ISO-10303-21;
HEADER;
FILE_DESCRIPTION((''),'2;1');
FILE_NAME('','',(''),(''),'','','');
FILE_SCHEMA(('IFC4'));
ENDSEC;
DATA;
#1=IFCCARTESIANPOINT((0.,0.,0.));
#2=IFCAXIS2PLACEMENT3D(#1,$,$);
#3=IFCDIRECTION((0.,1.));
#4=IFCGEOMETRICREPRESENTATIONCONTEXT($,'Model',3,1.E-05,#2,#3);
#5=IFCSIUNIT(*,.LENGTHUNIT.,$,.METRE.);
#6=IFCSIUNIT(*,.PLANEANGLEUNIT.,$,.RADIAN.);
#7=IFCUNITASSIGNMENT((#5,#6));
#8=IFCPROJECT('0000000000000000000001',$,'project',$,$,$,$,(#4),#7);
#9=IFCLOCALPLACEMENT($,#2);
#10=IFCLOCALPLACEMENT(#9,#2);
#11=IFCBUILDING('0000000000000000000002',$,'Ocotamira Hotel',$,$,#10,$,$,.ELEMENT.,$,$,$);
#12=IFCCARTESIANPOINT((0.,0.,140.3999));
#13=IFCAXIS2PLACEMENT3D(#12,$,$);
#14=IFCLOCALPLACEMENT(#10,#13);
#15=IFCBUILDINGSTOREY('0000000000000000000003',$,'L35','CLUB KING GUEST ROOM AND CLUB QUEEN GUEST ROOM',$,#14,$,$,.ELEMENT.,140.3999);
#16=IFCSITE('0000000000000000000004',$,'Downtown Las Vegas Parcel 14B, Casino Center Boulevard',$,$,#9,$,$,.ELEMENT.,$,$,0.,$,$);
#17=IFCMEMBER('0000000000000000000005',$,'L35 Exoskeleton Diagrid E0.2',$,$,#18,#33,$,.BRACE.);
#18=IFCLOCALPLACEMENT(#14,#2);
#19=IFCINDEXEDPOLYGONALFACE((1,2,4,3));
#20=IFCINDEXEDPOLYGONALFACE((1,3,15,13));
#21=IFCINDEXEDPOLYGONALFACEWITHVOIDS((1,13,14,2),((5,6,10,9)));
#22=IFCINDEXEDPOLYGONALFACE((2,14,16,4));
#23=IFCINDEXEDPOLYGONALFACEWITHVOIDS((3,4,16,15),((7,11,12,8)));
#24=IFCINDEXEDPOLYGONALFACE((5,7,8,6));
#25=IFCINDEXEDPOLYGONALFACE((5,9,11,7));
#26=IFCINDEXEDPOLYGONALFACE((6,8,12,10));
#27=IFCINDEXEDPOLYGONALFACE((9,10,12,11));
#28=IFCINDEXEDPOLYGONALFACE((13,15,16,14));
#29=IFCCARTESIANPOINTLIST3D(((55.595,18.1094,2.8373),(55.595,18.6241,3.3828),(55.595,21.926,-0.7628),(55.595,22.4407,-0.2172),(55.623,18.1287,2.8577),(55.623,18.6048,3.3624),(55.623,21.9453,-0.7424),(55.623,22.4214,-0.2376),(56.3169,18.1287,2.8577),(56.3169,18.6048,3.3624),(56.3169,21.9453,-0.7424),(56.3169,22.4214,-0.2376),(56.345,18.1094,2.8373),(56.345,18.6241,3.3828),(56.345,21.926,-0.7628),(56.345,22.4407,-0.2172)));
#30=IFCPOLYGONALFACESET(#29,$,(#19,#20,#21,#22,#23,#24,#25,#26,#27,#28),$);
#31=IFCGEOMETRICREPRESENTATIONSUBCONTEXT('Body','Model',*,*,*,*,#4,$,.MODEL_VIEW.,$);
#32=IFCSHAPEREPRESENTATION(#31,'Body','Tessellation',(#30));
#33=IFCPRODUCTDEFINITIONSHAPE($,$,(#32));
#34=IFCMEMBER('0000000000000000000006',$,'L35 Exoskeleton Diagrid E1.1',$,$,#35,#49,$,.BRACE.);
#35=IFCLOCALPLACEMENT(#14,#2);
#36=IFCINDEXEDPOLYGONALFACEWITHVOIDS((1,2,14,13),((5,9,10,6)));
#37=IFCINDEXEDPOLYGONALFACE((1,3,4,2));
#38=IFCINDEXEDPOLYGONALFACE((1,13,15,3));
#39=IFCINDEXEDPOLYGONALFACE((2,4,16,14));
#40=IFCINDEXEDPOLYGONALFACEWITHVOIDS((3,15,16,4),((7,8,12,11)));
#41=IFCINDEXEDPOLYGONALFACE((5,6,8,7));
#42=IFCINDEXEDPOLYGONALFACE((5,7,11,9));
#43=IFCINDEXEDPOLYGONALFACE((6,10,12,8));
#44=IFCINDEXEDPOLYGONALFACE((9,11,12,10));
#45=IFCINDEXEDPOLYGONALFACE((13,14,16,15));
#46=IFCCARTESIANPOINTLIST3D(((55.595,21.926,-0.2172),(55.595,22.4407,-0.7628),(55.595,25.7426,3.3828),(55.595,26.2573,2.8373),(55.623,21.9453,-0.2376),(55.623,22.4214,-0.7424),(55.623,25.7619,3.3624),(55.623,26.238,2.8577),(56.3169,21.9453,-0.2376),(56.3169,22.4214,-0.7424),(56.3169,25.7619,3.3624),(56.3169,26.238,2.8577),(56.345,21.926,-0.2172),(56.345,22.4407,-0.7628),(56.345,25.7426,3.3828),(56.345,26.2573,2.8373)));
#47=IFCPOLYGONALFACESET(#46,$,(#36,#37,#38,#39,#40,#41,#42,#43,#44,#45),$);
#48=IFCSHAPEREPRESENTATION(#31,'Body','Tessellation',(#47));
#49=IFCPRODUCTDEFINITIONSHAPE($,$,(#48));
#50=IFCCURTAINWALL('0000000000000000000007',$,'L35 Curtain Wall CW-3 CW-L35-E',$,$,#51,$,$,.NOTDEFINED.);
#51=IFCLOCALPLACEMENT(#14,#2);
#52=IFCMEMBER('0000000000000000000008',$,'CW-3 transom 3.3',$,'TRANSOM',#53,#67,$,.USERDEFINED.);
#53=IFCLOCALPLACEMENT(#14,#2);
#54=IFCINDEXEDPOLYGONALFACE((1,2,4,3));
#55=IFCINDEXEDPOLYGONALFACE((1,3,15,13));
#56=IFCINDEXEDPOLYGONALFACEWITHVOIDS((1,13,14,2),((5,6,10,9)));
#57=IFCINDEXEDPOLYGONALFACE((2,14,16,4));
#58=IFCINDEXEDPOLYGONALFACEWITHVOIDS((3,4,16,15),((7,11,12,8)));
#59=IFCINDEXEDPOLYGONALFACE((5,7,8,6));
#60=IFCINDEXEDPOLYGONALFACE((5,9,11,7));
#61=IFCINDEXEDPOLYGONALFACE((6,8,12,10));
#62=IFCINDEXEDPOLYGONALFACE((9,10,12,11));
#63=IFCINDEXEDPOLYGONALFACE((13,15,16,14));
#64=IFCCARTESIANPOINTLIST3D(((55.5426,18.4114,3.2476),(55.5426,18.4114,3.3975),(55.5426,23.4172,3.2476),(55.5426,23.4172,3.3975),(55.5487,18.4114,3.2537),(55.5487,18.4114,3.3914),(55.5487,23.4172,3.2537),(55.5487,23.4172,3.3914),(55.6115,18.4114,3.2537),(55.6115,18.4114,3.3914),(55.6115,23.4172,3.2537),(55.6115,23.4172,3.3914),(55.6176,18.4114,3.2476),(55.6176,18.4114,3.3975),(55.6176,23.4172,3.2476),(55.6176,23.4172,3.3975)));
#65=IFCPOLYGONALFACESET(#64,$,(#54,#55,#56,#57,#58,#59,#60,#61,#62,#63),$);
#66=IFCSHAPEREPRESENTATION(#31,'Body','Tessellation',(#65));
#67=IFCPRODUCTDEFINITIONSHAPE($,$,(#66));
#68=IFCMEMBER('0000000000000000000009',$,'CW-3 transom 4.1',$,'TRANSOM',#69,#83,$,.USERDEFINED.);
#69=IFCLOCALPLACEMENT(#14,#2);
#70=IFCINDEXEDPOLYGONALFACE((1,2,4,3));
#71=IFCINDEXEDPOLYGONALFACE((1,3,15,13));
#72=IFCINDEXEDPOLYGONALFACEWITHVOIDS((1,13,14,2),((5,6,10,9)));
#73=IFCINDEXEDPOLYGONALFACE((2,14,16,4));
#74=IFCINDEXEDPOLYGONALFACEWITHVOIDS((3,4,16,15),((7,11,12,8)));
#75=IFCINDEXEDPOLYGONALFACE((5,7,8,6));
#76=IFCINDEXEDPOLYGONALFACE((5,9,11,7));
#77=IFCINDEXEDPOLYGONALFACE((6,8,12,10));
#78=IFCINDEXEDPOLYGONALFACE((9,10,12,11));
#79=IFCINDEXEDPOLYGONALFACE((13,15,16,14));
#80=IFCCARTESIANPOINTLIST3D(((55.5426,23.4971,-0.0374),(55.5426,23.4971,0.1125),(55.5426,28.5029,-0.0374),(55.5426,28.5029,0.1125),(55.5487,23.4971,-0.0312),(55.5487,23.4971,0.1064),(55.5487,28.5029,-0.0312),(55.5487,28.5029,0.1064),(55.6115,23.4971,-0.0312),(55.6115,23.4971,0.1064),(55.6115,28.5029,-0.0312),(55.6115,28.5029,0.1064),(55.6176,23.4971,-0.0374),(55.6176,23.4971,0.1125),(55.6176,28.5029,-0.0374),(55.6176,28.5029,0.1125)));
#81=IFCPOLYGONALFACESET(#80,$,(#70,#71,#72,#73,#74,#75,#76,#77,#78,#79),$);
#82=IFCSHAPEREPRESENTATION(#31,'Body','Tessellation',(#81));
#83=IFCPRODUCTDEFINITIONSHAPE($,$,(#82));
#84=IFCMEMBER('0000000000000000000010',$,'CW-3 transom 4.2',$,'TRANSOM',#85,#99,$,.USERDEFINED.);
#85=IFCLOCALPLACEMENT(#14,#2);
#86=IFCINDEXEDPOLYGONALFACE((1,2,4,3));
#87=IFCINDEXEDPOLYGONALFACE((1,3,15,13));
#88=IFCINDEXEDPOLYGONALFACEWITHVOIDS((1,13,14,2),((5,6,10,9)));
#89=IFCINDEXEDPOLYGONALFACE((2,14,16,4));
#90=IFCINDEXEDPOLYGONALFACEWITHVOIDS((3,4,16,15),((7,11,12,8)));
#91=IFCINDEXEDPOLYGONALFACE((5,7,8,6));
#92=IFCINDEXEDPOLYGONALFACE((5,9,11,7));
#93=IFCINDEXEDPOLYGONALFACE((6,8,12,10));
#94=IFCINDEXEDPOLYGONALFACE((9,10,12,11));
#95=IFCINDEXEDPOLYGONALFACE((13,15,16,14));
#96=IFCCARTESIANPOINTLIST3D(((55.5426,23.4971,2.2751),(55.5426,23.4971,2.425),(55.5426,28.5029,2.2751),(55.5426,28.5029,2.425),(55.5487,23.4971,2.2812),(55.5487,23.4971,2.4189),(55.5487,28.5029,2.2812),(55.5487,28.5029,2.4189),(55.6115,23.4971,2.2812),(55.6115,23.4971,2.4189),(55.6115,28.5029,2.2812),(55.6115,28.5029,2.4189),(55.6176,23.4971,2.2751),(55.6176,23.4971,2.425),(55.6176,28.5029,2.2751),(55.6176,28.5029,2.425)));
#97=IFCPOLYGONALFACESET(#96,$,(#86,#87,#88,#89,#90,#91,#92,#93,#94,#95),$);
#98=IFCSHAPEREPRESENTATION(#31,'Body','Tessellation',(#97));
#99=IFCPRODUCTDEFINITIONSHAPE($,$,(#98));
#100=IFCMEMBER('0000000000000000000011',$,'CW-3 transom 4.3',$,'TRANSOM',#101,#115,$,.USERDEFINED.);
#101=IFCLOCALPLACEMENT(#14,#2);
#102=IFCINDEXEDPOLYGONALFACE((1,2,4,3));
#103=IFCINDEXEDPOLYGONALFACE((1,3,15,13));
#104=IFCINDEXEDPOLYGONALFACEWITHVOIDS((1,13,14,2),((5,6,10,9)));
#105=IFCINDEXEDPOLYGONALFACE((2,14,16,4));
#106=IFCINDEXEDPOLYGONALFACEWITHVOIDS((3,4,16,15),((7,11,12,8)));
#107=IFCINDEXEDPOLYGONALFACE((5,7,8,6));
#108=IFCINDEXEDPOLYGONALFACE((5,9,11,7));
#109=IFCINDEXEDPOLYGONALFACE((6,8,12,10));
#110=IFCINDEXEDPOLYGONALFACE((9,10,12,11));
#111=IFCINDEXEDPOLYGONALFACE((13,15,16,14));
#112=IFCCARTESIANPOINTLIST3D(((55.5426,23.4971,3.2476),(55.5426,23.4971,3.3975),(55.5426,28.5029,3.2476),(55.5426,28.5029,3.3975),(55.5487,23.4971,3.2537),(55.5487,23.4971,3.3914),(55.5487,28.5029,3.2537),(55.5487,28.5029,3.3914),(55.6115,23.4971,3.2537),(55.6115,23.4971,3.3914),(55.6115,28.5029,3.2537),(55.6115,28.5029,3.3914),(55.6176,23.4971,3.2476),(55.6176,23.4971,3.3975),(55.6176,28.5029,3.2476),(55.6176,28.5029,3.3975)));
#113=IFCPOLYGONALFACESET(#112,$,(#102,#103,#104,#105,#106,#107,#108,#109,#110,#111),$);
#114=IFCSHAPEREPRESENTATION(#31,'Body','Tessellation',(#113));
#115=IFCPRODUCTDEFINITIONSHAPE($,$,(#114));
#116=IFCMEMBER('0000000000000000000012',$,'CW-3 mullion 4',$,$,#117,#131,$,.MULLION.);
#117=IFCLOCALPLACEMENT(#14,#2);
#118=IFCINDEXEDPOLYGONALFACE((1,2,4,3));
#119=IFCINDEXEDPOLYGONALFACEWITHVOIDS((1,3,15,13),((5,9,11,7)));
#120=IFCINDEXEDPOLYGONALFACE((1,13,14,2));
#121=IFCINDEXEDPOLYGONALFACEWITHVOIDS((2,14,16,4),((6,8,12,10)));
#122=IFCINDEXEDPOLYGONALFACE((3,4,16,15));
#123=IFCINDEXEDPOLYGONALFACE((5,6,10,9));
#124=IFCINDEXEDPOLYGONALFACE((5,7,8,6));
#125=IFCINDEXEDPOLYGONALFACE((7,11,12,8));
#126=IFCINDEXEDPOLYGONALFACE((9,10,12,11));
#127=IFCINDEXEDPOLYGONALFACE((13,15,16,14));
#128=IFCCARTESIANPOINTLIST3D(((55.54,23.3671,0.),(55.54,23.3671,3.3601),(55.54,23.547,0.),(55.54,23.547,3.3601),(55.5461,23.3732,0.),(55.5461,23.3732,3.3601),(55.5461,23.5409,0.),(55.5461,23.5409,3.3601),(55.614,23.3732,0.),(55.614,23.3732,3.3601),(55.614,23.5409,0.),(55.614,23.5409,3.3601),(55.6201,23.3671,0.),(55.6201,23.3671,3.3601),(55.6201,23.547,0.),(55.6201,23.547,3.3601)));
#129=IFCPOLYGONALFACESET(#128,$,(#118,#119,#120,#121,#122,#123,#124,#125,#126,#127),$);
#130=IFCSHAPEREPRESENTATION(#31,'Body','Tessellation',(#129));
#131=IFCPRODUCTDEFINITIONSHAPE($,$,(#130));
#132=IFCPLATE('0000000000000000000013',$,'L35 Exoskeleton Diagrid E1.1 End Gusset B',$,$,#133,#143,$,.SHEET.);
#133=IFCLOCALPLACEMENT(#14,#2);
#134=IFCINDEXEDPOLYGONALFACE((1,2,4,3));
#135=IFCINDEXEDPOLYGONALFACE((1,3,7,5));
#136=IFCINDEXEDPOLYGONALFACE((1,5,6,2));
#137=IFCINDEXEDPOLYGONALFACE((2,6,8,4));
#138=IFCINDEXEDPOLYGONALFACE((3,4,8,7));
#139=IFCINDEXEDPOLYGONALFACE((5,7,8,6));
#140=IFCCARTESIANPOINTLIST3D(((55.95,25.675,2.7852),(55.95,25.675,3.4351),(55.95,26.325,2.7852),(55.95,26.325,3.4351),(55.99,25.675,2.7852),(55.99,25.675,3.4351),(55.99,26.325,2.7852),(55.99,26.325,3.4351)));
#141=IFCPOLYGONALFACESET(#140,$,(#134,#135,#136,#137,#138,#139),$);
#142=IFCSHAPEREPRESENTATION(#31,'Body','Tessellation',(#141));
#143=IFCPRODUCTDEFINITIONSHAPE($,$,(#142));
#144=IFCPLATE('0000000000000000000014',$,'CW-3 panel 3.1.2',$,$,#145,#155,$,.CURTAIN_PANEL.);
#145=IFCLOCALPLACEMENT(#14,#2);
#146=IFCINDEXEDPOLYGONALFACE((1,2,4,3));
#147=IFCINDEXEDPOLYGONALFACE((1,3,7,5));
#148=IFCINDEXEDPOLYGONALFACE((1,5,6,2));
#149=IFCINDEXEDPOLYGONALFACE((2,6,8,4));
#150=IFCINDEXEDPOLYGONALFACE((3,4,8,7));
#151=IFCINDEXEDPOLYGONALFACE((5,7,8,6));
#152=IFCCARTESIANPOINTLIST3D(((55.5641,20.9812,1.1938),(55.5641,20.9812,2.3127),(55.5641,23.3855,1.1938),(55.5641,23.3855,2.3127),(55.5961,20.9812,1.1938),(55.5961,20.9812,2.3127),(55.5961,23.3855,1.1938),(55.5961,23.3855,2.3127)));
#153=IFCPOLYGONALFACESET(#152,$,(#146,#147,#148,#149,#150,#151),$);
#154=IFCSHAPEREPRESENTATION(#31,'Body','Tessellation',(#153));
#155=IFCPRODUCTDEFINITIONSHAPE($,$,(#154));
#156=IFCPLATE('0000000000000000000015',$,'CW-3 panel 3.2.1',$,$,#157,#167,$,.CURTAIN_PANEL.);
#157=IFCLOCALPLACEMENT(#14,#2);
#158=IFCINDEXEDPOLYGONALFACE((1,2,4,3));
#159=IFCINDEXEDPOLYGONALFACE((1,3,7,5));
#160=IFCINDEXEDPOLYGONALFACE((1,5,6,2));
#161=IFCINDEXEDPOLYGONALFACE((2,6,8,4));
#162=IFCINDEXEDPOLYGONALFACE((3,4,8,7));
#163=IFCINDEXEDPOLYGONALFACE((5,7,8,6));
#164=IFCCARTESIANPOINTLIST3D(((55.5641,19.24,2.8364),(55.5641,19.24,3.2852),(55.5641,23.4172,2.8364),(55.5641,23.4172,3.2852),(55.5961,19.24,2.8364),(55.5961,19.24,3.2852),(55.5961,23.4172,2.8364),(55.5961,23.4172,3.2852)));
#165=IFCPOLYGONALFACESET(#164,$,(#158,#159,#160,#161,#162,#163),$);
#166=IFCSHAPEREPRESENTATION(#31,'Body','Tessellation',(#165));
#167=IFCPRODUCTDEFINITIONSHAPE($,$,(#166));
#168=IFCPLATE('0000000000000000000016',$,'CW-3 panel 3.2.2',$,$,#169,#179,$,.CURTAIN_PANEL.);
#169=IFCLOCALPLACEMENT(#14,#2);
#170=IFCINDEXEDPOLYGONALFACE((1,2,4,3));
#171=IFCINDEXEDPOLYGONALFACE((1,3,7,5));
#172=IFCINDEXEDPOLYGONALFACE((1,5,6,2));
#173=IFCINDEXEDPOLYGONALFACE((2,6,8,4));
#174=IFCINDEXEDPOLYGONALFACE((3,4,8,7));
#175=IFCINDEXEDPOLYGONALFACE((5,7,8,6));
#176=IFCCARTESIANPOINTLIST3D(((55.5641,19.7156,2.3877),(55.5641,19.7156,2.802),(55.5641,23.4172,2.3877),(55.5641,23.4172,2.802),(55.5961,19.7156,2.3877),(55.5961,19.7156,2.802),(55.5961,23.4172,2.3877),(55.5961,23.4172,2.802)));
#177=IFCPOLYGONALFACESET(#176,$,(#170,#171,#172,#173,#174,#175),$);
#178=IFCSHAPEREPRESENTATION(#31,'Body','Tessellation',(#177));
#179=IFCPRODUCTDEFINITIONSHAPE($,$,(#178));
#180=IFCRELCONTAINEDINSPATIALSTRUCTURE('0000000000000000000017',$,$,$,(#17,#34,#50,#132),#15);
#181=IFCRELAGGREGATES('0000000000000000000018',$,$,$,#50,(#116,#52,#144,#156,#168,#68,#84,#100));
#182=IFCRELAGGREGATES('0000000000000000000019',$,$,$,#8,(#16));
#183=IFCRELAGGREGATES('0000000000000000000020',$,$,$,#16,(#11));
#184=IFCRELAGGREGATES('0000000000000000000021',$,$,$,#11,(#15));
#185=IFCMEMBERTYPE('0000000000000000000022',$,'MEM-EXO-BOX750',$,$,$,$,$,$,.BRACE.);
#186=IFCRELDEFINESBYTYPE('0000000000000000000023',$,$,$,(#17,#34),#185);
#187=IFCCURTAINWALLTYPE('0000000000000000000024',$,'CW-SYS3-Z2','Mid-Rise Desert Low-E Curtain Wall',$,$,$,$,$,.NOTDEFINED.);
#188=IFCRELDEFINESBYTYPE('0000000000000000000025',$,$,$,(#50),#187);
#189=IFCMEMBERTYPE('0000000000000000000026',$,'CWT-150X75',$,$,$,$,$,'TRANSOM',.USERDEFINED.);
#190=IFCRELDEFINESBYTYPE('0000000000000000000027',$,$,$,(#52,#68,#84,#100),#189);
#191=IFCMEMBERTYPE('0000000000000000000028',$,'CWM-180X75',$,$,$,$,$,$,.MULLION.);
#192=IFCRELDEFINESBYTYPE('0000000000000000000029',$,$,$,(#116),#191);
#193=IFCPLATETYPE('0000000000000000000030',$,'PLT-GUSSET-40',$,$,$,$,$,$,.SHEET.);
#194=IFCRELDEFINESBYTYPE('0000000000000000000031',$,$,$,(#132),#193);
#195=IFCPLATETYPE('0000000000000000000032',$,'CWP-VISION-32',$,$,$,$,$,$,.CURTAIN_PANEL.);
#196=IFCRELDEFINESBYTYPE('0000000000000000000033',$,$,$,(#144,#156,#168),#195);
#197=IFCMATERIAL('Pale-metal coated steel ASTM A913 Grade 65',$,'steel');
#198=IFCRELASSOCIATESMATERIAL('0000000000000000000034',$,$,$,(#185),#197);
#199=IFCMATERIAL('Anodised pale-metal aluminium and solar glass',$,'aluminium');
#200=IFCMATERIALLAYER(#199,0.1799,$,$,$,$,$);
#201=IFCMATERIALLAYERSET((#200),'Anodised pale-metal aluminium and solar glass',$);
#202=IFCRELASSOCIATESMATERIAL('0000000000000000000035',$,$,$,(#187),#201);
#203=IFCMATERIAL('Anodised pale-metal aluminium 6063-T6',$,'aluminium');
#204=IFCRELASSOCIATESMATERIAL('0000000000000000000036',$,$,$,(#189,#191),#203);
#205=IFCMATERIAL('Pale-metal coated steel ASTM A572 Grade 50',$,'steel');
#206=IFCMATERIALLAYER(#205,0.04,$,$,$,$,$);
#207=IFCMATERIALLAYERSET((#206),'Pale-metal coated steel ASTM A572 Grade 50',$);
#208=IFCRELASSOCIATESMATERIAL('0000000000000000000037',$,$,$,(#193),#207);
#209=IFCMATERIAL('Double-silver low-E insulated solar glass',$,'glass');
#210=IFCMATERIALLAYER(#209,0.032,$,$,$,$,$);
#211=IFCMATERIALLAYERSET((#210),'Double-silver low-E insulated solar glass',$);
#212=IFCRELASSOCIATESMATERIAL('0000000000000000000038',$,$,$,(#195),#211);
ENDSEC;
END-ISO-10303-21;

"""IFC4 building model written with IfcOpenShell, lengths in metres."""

from ifc_helpers import new_model, si_unit, direction, frame, origin, origin_2d, place, context, subcontext, project, spatial, rectangle, hollow_rectangle, extrude, source, transform, mapped, material, layer, layer_set, material_profile, profile_set, type_object, element, aggregate, save


model = new_model("IFC4")

# Units and contexts
model_context = context("Model", 3, precision=1e-05, world=origin(), true_north=direction((0.0, 1.0)))
body_context = subcontext(model_context, "Body", "Model", "MODEL_VIEW")
ifc_project = project(units=[si_unit("LENGTHUNIT", "METRE"), si_unit("PLANEANGLEUNIT", "RADIAN")], contexts=[model_context])

# Site, building, storey
site_placement = place(None, origin())
site = spatial("IfcSite", under=ifc_project, at=site_placement, Name="Downtown Las Vegas Parcel 14B, Casino Center Boulevard", CompositionType="ELEMENT", RefElevation=0.0)
building_placement = place(site_placement, origin())
building = spatial("IfcBuilding", under=site, at=building_placement, Name="Ocotamira Hotel", CompositionType="ELEMENT")
storey_placement = place(building_placement, frame((0.0, 0.0, 140.3999)))
storey = spatial("IfcBuildingStorey", under=building, at=storey_placement, Name="L35", Description="CLUB KING GUEST ROOM AND CLUB QUEEN GUEST ROOM", CompositionType="ELEMENT", Elevation=140.3999)

# Members
ifc_material_1 = material(Name="Pale-metal coated steel ASTM A913 Grade 65", Category="steel")
ifc_material_profile_1 = material_profile(ifc_material_1, hollow_rectangle(XDim=0.75, YDim=0.75, WallThickness=0.0281, at=origin_2d()), Name="BOX750X750X28")
ifc_profile_set_1 = profile_set([ifc_material_profile_1], Name="Pale-metal coated steel ASTM A913 Grade 65")
member_type_1 = type_object("IfcMemberType", Name="MEM-EXO-BOX750", PredefinedType="BRACE", material=ifc_profile_set_1)
shared_shape_1 = source(origin(), body_context, "Body", "SweptSolid", [
    extrude(hollow_rectangle(XDim=0.75, YDim=0.75, WallThickness=0.0281, at=origin_2d()), origin(), (0.0, 0.0, 1.0), 5.2466),
])
for number, where, z_axis, x_axis, name in (
    (1, (55.97, 22.1833, -0.49), (0.0, -0.727443, 0.686168), (1.0, 0.0, 0.0), "L35 Exoskeleton Diagrid E0.2"),
    (2, (55.97, 22.1833, -0.49), (0.0, 0.727443, 0.686168), (-1.0, 0.0, 0.0), "L35 Exoskeleton Diagrid E1.1"),
):
    element("IfcMember", number, at=place(storey_placement, frame(where, z_axis=z_axis, x_axis=x_axis)), inside=storey, type_object=member_type_1, Name=name, PredefinedType="BRACE", context=body_context, shape_type="MappedRepresentation", body=[
        mapped(shared_shape_1, transform((0.0, 0.0, 0.0), scale=1.0)),
    ])

# Curtain wall, members
ifc_material_2 = material(Name="Anodised pale-metal aluminium and solar glass", Category="aluminium")
ifc_layer_1 = layer(ifc_material_2, 0.1799)
ifc_layer_set_1 = layer_set([ifc_layer_1], Name="Anodised pale-metal aluminium and solar glass")
curtain_wall_type = type_object("IfcCurtainWallType", Name="CW-SYS3-Z2", Description="Mid-Rise Desert Low-E Curtain Wall", PredefinedType="NOTDEFINED", material=ifc_layer_set_1)
curtain_wall_placement = place(storey_placement, origin())
curtain_wall = element("IfcCurtainWall", 3, at=curtain_wall_placement, inside=storey, type_object=curtain_wall_type, Name="L35 Curtain Wall CW-3 CW-L35-E", PredefinedType="NOTDEFINED")
ifc_material_3 = material(Name="Anodised pale-metal aluminium 6063-T6", Category="aluminium")
ifc_material_profile_2 = material_profile(ifc_material_3, hollow_rectangle(XDim=0.075, YDim=0.1499, WallThickness=0.0061, at=origin_2d()), Name="HSS150X75X6")
ifc_profile_set_2 = profile_set([ifc_material_profile_2], Name="Anodised pale-metal aluminium 6063-T6")
member_type_2 = type_object("IfcMemberType", Name="CWT-150X75", ElementType="TRANSOM", PredefinedType="USERDEFINED", material=ifc_profile_set_2)
shared_shape_2 = source(origin(), body_context, "Body", "SweptSolid", [
    extrude(hollow_rectangle(XDim=0.075, YDim=0.1499, WallThickness=0.0061, at=origin_2d()), origin(), (0.0, 0.0, 1.0), 5.0059),
])
member_1_placement = place(storey_placement, frame((55.5801, 18.4114, 3.3225), z_axis=(0.0, 1.0, 0.0), x_axis=(-1.0, 0.0, 0.0)))
member_1 = element("IfcMember", 4, at=member_1_placement, type_object=member_type_2, Name="CW-3 transom 3.3", ObjectType="TRANSOM", PredefinedType="USERDEFINED", context=body_context, shape_type="MappedRepresentation", body=[
    mapped(shared_shape_2, transform((0.0, 0.0, 0.0), scale=1.0)),
])
member_2_placement = place(storey_placement, frame((55.5801, 23.4971, 0.0376), z_axis=(0.0, 1.0, 0.0), x_axis=(-1.0, 0.0, 0.0)))
member_2 = element("IfcMember", 5, at=member_2_placement, type_object=member_type_2, Name="CW-3 transom 4.1", ObjectType="TRANSOM", PredefinedType="USERDEFINED", context=body_context, shape_type="MappedRepresentation", body=[
    mapped(shared_shape_2, transform((0.0, 0.0, 0.0), scale=1.0)),
])
member_3_placement = place(storey_placement, frame((55.5801, 23.4971, 2.3501), z_axis=(0.0, 1.0, 0.0), x_axis=(-1.0, 0.0, 0.0)))
member_3 = element("IfcMember", 6, at=member_3_placement, type_object=member_type_2, Name="CW-3 transom 4.2", ObjectType="TRANSOM", PredefinedType="USERDEFINED", context=body_context, shape_type="MappedRepresentation", body=[
    mapped(shared_shape_2, transform((0.0, 0.0, 0.0), scale=1.0)),
])
member_4_placement = place(storey_placement, frame((55.5801, 23.4971, 3.3225), z_axis=(0.0, 1.0, 0.0), x_axis=(-1.0, 0.0, 0.0)))
member_4 = element("IfcMember", 7, at=member_4_placement, type_object=member_type_2, Name="CW-3 transom 4.3", ObjectType="TRANSOM", PredefinedType="USERDEFINED", context=body_context, shape_type="MappedRepresentation", body=[
    mapped(shared_shape_2, transform((0.0, 0.0, 0.0), scale=1.0)),
])
ifc_material_profile_3 = material_profile(ifc_material_3, hollow_rectangle(XDim=0.0801, YDim=0.1799, WallThickness=0.0061, at=origin_2d()), Name="HSS180X80X6")
ifc_profile_set_3 = profile_set([ifc_material_profile_3], Name="Anodised pale-metal aluminium 6063-T6")
member_type_3 = type_object("IfcMemberType", Name="CWM-180X75", PredefinedType="MULLION", material=ifc_profile_set_3)
shared_shape_3 = source(origin(), body_context, "Body", "SweptSolid", [
    extrude(hollow_rectangle(XDim=0.0801, YDim=0.1799, WallThickness=0.0061, at=origin_2d()), origin(), (0.0, 0.0, 1.0), 3.3601),
])
member_5_placement = place(storey_placement, frame((55.5801, 23.457, 0.0), z_axis=(0.0, 0.0, 1.0), x_axis=(-1.0, 0.0, 0.0)))
member_5 = element("IfcMember", 8, at=member_5_placement, type_object=member_type_3, Name="CW-3 mullion 4", PredefinedType="MULLION", context=body_context, shape_type="MappedRepresentation", body=[
    mapped(shared_shape_3, transform((0.0, 0.0, 0.0), scale=1.0)),
])

# Plates
ifc_material_4 = material(Name="Pale-metal coated steel ASTM A572 Grade 50", Category="steel")
ifc_layer_2 = layer(ifc_material_4, 0.04)
ifc_layer_set_2 = layer_set([ifc_layer_2], Name="Pale-metal coated steel ASTM A572 Grade 50")
plate_type_1 = type_object("IfcPlateType", Name="PLT-GUSSET-40", PredefinedType="SHEET", material=ifc_layer_set_2)
shared_shape_4 = source(origin(), body_context, "Body", "SweptSolid", [
    extrude(rectangle(XDim=0.04, YDim=0.6499, at=origin_2d()), origin(), (0.0, 0.0, 1.0), 0.6499),
])
plate_1_placement = place(storey_placement, frame((55.97, 26.0, 2.7852), z_axis=(0.0, 0.0, 1.0), x_axis=(1.0, 0.0, 0.0)))
element("IfcPlate", 9, at=plate_1_placement, inside=storey, type_object=plate_type_1, Name="L35 Exoskeleton Diagrid E1.1 End Gusset B", PredefinedType="SHEET", context=body_context, shape_type="MappedRepresentation", body=[
    mapped(shared_shape_4, transform((0.0, 0.0, 0.0), scale=1.0)),
])
ifc_material_5 = material(Name="Double-silver low-E insulated solar glass", Category="glass")
ifc_layer_3 = layer(ifc_material_5, 0.032)
ifc_layer_set_3 = layer_set([ifc_layer_3], Name="Double-silver low-E insulated solar glass")
plate_type_2 = type_object("IfcPlateType", Name="CWP-VISION-32", PredefinedType="CURTAIN_PANEL", material=ifc_layer_set_3)
shared_shape_5 = source(origin(), body_context, "Body", "SweptSolid", [
    extrude(rectangle(XDim=2.4043, YDim=0.032, at=origin_2d()), origin(), (0.0, 0.0, 1.0), 1.1189),
])
plate_2_placement = place(storey_placement, frame((55.5801, 22.1833, 1.1938), z_axis=(0.0, 0.0, 1.0), x_axis=(0.0, 1.0, 0.0)))
plate_2 = element("IfcPlate", 10, at=plate_2_placement, type_object=plate_type_2, Name="CW-3 panel 3.1.2", PredefinedType="CURTAIN_PANEL", context=body_context, shape_type="MappedRepresentation", body=[
    mapped(shared_shape_5, transform((0.0, 0.0, 0.0), scale=1.0)),
])
shared_shape_6 = source(origin(), body_context, "Body", "SweptSolid", [
    extrude(rectangle(XDim=4.1772, YDim=0.032, at=origin_2d()), origin(), (0.0, 0.0, 1.0), 0.4487),
])
plate_3_placement = place(storey_placement, frame((55.5801, 21.3286, 2.8364), z_axis=(0.0, 0.0, 1.0), x_axis=(0.0, 1.0, 0.0)))
plate_3 = element("IfcPlate", 11, at=plate_3_placement, type_object=plate_type_2, Name="CW-3 panel 3.2.1", PredefinedType="CURTAIN_PANEL", context=body_context, shape_type="MappedRepresentation", body=[
    mapped(shared_shape_6, transform((0.0, 0.0, 0.0), scale=1.0)),
])
shared_shape_7 = source(origin(), body_context, "Body", "SweptSolid", [
    extrude(rectangle(XDim=3.7017, YDim=0.032, at=origin_2d()), origin(), (0.0, 0.0, 1.0), 0.4143),
])
plate_4_placement = place(storey_placement, frame((55.5801, 21.5664, 2.3877), z_axis=(0.0, 0.0, 1.0), x_axis=(0.0, 1.0, 0.0)))
plate_4 = element("IfcPlate", 12, at=plate_4_placement, type_object=plate_type_2, Name="CW-3 panel 3.2.2", PredefinedType="CURTAIN_PANEL", context=body_context, shape_type="MappedRepresentation", body=[
    mapped(shared_shape_7, transform((0.0, 0.0, 0.0), scale=1.0)),
])
aggregate(curtain_wall, [member_5, member_1, plate_2, plate_3, plate_4, member_2, member_3, member_4])

save(model, "model.ifc")
